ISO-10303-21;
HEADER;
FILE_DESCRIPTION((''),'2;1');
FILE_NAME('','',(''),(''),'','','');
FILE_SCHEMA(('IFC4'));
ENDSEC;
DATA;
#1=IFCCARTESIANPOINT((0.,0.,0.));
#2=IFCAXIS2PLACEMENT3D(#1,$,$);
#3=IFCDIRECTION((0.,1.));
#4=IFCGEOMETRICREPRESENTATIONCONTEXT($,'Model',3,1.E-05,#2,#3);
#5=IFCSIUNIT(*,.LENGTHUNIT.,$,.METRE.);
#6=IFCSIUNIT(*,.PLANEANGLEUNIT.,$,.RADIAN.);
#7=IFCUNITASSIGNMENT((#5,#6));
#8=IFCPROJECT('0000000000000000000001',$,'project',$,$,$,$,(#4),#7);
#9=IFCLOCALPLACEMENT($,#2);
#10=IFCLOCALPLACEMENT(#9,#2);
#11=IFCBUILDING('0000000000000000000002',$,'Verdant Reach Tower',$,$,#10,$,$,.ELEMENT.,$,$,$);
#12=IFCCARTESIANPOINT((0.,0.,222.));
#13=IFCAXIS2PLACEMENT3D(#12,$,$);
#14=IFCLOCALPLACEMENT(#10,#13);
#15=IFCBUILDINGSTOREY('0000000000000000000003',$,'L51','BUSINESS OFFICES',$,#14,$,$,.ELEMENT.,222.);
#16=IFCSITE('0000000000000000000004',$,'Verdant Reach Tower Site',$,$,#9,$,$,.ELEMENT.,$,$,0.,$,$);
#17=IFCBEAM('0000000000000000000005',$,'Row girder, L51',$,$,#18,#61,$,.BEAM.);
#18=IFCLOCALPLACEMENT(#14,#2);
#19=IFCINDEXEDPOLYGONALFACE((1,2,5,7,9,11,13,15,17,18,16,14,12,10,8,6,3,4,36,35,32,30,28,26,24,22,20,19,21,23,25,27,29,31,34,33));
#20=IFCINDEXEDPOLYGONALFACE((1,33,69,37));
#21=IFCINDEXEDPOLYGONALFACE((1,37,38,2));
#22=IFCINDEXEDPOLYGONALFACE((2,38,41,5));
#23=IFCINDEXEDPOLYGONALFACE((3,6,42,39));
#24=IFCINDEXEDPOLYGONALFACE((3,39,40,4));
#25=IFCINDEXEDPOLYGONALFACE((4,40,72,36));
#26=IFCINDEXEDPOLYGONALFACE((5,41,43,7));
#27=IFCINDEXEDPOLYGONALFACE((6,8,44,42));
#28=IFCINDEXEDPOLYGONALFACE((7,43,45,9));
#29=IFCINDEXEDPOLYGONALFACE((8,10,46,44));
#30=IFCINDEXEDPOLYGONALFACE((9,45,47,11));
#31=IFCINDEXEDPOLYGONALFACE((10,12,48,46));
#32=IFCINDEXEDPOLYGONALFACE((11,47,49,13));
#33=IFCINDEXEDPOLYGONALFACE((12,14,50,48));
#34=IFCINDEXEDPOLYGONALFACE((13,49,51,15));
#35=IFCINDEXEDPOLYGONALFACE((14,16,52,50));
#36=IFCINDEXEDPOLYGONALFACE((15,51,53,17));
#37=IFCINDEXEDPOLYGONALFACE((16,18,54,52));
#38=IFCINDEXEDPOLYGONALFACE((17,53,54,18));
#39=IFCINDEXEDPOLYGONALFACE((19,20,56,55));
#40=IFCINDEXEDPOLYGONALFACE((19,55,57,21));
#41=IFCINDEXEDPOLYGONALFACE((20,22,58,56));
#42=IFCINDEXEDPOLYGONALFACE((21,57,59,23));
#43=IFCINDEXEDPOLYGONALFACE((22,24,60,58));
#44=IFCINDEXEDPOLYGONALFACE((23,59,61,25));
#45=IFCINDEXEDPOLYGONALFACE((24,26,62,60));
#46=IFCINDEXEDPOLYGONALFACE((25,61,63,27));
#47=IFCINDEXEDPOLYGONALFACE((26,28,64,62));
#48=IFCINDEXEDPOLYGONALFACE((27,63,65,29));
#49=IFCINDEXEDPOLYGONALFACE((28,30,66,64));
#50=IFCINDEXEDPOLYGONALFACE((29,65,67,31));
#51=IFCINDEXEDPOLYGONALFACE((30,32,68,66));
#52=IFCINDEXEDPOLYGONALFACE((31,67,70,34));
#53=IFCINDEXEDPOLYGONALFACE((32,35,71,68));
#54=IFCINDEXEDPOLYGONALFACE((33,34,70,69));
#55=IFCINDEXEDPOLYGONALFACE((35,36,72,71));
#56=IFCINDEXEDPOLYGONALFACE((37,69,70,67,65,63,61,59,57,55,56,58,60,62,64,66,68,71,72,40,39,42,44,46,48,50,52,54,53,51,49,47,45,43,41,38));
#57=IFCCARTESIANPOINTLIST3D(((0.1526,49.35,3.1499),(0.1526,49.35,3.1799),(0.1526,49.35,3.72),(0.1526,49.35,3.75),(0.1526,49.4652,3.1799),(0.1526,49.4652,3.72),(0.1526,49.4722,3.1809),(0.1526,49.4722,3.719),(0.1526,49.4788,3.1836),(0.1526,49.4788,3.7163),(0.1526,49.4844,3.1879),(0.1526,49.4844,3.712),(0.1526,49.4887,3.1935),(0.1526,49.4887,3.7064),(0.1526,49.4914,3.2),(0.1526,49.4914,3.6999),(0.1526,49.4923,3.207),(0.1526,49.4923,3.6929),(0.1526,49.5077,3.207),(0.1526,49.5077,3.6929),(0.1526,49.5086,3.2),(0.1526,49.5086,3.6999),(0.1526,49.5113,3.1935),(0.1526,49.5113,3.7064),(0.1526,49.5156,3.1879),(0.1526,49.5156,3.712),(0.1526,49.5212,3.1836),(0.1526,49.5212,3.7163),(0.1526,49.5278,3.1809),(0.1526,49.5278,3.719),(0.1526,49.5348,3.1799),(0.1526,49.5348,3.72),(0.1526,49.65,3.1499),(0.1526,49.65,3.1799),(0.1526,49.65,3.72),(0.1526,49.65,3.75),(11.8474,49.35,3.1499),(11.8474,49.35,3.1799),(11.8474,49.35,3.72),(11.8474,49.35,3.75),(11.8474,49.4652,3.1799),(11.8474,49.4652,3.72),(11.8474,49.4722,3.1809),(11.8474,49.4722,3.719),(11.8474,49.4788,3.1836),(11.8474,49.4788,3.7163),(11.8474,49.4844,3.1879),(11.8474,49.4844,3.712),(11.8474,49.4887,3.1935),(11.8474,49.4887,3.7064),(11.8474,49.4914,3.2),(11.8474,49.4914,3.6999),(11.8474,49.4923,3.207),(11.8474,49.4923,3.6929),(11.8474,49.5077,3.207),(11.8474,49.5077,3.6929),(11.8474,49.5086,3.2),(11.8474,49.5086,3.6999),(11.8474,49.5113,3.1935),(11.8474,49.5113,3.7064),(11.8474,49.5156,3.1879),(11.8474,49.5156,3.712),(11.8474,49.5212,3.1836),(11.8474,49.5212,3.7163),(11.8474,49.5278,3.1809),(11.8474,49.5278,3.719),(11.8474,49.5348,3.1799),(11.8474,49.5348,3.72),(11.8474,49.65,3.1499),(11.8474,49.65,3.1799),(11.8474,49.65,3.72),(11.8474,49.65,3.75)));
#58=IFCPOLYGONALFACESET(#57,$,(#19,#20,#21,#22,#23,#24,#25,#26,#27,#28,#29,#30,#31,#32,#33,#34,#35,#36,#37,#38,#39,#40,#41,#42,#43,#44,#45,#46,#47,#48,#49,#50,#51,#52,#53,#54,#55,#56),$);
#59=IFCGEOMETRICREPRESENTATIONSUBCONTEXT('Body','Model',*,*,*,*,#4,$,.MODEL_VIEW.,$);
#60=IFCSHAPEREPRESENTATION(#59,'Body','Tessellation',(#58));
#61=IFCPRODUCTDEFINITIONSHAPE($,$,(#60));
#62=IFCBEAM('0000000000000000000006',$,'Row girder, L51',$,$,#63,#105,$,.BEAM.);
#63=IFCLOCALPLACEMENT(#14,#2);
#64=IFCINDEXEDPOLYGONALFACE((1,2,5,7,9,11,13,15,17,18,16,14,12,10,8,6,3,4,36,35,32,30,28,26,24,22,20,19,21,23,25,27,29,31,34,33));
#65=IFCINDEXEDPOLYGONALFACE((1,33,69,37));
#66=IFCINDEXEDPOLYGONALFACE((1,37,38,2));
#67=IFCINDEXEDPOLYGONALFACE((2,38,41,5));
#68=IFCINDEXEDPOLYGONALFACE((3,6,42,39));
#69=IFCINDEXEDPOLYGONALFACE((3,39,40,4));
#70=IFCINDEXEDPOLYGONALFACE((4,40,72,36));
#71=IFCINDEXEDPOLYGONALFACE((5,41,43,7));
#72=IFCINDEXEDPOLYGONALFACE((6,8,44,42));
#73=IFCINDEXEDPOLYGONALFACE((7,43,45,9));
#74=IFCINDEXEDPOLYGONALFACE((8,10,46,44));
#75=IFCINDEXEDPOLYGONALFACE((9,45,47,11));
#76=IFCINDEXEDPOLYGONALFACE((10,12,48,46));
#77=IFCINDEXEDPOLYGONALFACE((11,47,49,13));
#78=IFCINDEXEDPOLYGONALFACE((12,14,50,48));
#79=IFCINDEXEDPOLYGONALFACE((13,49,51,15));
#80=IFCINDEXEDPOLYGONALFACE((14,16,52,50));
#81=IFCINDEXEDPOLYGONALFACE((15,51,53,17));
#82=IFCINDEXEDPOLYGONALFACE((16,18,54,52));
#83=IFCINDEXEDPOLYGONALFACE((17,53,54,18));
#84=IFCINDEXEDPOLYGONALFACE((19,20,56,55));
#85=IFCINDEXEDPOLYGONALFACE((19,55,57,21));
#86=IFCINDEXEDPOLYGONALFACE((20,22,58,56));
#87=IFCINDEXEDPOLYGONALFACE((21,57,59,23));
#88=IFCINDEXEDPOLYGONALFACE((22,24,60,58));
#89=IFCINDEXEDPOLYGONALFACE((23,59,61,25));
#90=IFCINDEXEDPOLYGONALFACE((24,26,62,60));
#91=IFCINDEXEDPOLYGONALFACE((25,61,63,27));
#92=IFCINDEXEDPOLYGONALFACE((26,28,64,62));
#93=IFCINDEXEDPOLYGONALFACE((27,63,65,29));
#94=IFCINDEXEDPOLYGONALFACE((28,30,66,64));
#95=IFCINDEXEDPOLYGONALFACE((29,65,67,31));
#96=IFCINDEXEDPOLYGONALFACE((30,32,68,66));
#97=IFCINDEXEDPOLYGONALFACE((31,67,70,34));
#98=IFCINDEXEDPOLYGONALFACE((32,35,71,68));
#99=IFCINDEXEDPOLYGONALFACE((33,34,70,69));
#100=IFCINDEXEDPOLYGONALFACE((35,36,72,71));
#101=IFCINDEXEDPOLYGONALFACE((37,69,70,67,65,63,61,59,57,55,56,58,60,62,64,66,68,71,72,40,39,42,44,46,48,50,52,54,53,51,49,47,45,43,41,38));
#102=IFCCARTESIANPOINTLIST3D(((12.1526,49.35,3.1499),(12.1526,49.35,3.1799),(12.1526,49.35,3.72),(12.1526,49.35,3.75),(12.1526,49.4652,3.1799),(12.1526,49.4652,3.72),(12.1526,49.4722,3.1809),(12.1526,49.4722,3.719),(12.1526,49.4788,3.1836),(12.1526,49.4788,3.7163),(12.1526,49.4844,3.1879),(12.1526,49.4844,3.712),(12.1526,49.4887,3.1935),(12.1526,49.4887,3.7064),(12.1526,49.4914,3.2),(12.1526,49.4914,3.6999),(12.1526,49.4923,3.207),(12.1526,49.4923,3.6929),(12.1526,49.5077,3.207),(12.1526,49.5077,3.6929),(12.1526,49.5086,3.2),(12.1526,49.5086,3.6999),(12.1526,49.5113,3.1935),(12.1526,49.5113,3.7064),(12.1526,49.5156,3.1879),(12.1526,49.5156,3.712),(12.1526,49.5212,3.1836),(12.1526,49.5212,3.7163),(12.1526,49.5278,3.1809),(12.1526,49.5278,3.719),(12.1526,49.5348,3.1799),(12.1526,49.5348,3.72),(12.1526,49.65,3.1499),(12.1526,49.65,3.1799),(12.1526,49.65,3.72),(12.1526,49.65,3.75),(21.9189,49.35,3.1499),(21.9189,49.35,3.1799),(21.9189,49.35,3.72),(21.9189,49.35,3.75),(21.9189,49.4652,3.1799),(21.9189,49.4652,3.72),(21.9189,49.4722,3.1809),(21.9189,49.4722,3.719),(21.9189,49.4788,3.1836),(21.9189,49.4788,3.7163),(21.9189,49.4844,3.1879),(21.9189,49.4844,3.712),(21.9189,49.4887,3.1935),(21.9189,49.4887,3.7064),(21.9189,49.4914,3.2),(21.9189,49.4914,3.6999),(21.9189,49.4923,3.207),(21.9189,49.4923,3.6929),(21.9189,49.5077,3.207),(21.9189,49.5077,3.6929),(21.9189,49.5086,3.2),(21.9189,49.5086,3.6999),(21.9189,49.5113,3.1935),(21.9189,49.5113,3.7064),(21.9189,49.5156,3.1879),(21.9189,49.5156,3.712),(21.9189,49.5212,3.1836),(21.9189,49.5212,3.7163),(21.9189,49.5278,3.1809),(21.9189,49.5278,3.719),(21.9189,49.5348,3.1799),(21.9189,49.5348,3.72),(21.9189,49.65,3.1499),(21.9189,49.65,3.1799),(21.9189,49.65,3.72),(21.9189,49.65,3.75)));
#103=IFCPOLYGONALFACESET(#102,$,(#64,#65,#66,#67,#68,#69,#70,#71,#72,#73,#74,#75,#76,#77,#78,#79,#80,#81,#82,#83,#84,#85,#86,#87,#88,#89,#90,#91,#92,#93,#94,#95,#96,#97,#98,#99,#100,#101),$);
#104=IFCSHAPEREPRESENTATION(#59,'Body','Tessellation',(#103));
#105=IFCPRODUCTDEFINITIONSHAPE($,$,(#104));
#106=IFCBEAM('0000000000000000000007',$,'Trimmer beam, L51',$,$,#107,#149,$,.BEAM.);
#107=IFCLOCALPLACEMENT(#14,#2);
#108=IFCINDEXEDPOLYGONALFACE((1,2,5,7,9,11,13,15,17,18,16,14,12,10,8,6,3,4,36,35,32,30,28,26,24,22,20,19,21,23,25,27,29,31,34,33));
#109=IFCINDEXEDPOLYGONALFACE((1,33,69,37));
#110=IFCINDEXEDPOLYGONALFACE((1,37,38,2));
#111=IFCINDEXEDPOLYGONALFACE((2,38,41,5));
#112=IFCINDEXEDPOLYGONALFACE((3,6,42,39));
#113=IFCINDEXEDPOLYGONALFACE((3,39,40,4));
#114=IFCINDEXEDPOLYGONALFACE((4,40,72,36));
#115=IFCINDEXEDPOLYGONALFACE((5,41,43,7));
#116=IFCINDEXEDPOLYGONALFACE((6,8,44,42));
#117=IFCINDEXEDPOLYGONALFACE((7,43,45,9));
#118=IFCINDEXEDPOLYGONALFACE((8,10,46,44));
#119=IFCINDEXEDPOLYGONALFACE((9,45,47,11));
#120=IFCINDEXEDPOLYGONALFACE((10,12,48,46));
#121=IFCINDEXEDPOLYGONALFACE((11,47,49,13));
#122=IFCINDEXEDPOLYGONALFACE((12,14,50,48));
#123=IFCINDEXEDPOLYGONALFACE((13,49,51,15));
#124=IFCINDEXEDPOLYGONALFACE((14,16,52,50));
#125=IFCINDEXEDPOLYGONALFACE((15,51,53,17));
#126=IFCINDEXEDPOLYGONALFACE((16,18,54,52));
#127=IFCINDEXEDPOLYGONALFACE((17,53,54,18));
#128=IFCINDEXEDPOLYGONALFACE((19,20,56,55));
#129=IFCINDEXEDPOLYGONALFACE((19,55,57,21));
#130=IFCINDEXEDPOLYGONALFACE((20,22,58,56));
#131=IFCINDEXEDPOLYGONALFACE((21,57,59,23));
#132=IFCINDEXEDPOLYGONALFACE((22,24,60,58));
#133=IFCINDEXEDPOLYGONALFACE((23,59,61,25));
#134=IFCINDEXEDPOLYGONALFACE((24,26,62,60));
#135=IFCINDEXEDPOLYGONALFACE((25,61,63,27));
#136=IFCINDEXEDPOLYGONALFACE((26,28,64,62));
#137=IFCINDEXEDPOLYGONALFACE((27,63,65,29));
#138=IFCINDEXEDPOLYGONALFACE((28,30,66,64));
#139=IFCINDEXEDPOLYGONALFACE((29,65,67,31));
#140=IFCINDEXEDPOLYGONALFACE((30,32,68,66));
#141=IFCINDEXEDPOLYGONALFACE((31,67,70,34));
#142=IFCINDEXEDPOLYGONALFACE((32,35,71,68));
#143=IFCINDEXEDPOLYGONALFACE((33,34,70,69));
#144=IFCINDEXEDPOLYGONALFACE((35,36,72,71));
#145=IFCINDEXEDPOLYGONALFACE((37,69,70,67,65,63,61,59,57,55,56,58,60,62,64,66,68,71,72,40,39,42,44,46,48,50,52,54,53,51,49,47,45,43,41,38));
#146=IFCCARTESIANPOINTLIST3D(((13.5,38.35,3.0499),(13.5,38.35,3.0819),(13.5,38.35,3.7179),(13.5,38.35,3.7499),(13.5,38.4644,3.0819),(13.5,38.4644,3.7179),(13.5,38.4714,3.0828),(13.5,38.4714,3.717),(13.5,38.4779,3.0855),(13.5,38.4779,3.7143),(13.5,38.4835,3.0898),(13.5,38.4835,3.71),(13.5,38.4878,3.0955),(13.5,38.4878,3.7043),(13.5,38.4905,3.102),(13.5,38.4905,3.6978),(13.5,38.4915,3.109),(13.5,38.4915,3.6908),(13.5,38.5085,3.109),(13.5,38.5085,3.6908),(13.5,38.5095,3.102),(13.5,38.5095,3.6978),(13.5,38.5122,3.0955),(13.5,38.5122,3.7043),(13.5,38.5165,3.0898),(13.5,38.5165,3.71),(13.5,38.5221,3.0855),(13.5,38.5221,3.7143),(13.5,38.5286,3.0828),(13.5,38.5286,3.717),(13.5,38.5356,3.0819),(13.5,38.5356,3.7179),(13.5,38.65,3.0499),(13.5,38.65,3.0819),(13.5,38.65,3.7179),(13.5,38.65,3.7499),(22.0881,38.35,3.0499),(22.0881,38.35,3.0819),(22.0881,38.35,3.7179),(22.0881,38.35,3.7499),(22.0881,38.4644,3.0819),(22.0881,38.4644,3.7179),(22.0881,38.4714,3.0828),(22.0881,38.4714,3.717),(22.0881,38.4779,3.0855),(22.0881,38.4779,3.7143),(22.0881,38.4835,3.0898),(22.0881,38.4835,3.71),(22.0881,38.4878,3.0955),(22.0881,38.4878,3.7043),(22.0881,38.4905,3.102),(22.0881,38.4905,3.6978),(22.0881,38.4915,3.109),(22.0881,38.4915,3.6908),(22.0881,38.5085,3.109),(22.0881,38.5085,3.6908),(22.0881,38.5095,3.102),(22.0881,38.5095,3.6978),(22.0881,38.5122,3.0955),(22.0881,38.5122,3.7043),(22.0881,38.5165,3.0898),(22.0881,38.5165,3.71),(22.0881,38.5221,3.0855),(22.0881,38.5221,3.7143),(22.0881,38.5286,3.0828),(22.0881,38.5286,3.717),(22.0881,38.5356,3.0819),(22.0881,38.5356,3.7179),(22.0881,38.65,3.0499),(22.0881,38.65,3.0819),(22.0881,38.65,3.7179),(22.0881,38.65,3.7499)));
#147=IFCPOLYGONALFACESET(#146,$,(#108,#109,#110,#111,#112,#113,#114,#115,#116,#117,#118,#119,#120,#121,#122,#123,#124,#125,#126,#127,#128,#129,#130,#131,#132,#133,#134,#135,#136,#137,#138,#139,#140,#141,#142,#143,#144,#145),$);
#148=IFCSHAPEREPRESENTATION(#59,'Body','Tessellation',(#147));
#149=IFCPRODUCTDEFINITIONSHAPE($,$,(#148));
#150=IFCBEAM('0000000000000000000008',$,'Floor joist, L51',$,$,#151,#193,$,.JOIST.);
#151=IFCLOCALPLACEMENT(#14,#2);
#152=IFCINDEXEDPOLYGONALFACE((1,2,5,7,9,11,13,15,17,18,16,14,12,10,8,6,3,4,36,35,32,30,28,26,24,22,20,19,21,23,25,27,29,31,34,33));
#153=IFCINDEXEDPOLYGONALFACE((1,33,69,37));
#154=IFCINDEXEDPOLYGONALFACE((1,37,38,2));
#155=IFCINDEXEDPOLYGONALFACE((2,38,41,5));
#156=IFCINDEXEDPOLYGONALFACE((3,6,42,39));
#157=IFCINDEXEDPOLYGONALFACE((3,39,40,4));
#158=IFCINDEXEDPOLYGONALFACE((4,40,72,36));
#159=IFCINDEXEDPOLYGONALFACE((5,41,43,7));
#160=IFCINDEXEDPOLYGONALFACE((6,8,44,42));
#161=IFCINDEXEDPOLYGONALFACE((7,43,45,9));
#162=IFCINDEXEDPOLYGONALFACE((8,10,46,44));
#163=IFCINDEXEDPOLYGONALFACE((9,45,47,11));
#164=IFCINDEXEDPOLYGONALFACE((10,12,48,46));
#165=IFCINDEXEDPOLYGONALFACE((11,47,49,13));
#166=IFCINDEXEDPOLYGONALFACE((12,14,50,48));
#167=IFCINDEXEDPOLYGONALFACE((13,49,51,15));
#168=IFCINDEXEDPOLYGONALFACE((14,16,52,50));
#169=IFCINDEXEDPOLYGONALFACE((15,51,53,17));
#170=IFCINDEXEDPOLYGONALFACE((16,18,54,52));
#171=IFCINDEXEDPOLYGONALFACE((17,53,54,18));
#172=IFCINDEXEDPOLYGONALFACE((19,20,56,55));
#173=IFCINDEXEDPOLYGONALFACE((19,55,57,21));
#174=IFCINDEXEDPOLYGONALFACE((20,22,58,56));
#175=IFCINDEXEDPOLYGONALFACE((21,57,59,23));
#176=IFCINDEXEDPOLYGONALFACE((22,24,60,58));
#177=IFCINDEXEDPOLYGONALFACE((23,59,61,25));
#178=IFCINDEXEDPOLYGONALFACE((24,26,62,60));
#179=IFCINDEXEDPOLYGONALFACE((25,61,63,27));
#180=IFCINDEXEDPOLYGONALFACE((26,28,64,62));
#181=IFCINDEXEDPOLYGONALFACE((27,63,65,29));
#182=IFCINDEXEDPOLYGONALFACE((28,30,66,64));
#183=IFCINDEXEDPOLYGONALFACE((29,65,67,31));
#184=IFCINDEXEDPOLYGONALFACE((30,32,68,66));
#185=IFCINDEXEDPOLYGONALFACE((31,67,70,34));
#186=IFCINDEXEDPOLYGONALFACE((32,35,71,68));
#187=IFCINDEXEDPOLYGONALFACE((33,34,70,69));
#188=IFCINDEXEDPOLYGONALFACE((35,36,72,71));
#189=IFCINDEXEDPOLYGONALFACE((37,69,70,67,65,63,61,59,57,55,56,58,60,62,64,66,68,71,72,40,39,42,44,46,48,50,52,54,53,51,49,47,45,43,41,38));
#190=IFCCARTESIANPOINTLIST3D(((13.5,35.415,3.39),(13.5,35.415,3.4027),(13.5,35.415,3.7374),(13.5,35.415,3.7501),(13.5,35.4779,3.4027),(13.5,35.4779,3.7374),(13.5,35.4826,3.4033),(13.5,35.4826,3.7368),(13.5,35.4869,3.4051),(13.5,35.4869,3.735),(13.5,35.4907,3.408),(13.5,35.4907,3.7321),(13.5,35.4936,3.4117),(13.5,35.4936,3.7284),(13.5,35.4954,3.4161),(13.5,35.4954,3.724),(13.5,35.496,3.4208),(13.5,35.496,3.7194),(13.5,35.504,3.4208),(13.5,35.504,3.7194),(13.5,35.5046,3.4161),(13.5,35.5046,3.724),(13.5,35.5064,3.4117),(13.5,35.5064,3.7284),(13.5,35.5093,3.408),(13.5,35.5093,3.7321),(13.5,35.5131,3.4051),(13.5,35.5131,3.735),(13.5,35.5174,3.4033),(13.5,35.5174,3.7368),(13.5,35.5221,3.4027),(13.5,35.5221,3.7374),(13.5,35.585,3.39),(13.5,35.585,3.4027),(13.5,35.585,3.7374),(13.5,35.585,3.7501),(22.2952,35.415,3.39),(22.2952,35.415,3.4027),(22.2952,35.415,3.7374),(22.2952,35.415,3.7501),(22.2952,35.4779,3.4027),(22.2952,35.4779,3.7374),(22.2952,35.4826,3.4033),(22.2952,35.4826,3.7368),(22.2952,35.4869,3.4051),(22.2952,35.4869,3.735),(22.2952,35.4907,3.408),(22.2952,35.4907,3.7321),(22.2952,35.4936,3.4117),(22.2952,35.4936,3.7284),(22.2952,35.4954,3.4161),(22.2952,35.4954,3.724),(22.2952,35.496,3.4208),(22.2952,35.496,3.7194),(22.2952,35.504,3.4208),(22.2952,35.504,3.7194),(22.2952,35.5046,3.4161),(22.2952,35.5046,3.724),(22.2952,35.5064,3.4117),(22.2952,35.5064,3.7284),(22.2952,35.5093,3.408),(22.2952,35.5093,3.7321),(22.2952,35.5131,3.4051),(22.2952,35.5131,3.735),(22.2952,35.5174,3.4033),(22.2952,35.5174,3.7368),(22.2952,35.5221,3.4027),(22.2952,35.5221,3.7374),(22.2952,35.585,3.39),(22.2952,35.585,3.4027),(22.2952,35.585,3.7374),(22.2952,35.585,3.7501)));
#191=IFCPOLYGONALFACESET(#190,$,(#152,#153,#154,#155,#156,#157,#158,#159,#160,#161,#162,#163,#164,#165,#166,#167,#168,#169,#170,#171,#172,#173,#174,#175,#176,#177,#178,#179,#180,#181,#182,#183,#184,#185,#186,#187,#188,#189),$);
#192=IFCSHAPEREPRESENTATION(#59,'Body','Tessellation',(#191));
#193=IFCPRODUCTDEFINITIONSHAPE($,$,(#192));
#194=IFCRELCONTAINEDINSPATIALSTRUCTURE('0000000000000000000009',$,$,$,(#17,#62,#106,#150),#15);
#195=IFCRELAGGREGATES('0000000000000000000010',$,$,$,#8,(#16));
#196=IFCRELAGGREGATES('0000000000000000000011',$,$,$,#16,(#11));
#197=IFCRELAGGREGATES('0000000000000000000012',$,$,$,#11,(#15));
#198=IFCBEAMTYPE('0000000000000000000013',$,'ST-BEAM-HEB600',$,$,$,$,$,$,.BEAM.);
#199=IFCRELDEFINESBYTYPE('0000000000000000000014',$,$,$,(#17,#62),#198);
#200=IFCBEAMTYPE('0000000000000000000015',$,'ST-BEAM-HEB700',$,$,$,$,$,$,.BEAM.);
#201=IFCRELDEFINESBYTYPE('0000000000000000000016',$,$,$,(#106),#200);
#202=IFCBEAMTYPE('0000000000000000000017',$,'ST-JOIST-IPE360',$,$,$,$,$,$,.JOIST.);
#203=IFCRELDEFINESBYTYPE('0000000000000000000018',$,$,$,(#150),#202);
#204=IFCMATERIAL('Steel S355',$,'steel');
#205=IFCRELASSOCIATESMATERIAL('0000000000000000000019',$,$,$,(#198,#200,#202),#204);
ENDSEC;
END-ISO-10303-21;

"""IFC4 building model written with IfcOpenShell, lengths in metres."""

from ifc_helpers import new_model, si_unit, direction, frame, origin, origin_2d, place, context, subcontext, project, spatial, i_section, extrude, material, material_profile, profile_set, type_object, element, save


model = new_model("IFC4")

# Units and contexts
model_context = context("Model", 3, precision=1e-05, world=origin(), true_north=direction((0.0, 1.0)))
body_context = subcontext(model_context, "Body", "Model", "MODEL_VIEW")
ifc_project = project(units=[si_unit("LENGTHUNIT", "METRE"), si_unit("PLANEANGLEUNIT", "RADIAN")], contexts=[model_context])

# Site, building, storey
site_placement = place(None, origin())
site = spatial("IfcSite", under=ifc_project, at=site_placement, Name="Verdant Reach Tower Site", CompositionType="ELEMENT", RefElevation=0.0)
building_placement = place(site_placement, origin())
building = spatial("IfcBuilding", under=site, at=building_placement, Name="Verdant Reach Tower", CompositionType="ELEMENT")
storey_placement = place(building_placement, frame((0.0, 0.0, 222.0)))
storey = spatial("IfcBuildingStorey", under=building, at=storey_placement, Name="L51", Description="BUSINESS OFFICES", CompositionType="ELEMENT", Elevation=222.0)

# Beams
ifc_material_1 = material(Name="Steel S355", Category="steel")
ifc_material_profile_1 = material_profile(ifc_material_1, i_section(OverallWidth=0.3, OverallDepth=0.6001, WebThickness=0.0154, FlangeThickness=0.03, FilletRadius=0.0271, at=origin_2d()), Name="HEB 600")
ifc_profile_set_1 = profile_set([ifc_material_profile_1], Name="Steel S355")
beam_type_1 = type_object("IfcBeamType", Name="ST-BEAM-HEB600", PredefinedType="BEAM", material=ifc_profile_set_1)
beam_1_placement = place(storey_placement, frame((0.1526, 49.5, 3.45), z_axis=(1.0, 0.0, 0.0), x_axis=(0.0, 1.0, 0.0)))
element("IfcBeam", 1, at=beam_1_placement, inside=storey, type_object=beam_type_1, Name="Row girder, L51", PredefinedType="BEAM", context=body_context, shape_type="SweptSolid", body=[
    extrude(i_section(OverallWidth=0.3, OverallDepth=0.6001, WebThickness=0.0154, FlangeThickness=0.03, FilletRadius=0.0271, at=origin_2d()), origin(), (0.0, 0.0, 1.0), 11.6948),
])
beam_2_placement = place(storey_placement, frame((12.1526, 49.5, 3.45), z_axis=(1.0, 0.0, 0.0), x_axis=(0.0, 1.0, 0.0)))
element("IfcBeam", 2, at=beam_2_placement, inside=storey, type_object=beam_type_1, Name="Row girder, L51", PredefinedType="BEAM", context=body_context, shape_type="SweptSolid", body=[
    extrude(i_section(OverallWidth=0.3, OverallDepth=0.6001, WebThickness=0.0154, FlangeThickness=0.03, FilletRadius=0.0271, at=origin_2d()), origin(), (0.0, 0.0, 1.0), 9.7664),
])
ifc_material_profile_2 = material_profile(ifc_material_1, i_section(OverallWidth=0.3, OverallDepth=0.7, WebThickness=0.0171, FlangeThickness=0.032, FilletRadius=0.0271, at=origin_2d()), Name="HEB 700")
ifc_profile_set_2 = profile_set([ifc_material_profile_2], Name="Steel S355")
beam_type_2 = type_object("IfcBeamType", Name="ST-BEAM-HEB700", PredefinedType="BEAM", material=ifc_profile_set_2)
beam_3_placement = place(storey_placement, frame((13.5, 38.5, 3.3999), z_axis=(1.0, 0.0, 0.0), x_axis=(0.0, 1.0, 0.0)))
element("IfcBeam", 3, at=beam_3_placement, inside=storey, type_object=beam_type_2, Name="Trimmer beam, L51", PredefinedType="BEAM", context=body_context, shape_type="SweptSolid", body=[
    extrude(i_section(OverallWidth=0.3, OverallDepth=0.7, WebThickness=0.0171, FlangeThickness=0.032, FilletRadius=0.0271, at=origin_2d()), origin(), (0.0, 0.0, 1.0), 8.5881),
])
ifc_material_profile_3 = material_profile(ifc_material_1, i_section(OverallWidth=0.1699, OverallDepth=0.3601, WebThickness=0.0081, FlangeThickness=0.0127, FilletRadius=0.0181, at=origin_2d()), Name="IPE 360")
ifc_profile_set_3 = profile_set([ifc_material_profile_3], Name="Steel S355")
beam_type_3 = type_object("IfcBeamType", Name="ST-JOIST-IPE360", PredefinedType="JOIST", material=ifc_profile_set_3)
beam_4_placement = place(storey_placement, frame((13.5, 35.5, 3.5701), z_axis=(1.0, 0.0, 0.0), x_axis=(0.0, 1.0, 0.0)))
element("IfcBeam", 4, at=beam_4_placement, inside=storey, type_object=beam_type_3, Name="Floor joist, L51", PredefinedType="JOIST", context=body_context, shape_type="SweptSolid", body=[
    extrude(i_section(OverallWidth=0.1699, OverallDepth=0.3601, WebThickness=0.0081, FlangeThickness=0.0127, FilletRadius=0.0181, at=origin_2d()), origin(), (0.0, 0.0, 1.0), 8.7952),
])

save(model, "model.ifc")
